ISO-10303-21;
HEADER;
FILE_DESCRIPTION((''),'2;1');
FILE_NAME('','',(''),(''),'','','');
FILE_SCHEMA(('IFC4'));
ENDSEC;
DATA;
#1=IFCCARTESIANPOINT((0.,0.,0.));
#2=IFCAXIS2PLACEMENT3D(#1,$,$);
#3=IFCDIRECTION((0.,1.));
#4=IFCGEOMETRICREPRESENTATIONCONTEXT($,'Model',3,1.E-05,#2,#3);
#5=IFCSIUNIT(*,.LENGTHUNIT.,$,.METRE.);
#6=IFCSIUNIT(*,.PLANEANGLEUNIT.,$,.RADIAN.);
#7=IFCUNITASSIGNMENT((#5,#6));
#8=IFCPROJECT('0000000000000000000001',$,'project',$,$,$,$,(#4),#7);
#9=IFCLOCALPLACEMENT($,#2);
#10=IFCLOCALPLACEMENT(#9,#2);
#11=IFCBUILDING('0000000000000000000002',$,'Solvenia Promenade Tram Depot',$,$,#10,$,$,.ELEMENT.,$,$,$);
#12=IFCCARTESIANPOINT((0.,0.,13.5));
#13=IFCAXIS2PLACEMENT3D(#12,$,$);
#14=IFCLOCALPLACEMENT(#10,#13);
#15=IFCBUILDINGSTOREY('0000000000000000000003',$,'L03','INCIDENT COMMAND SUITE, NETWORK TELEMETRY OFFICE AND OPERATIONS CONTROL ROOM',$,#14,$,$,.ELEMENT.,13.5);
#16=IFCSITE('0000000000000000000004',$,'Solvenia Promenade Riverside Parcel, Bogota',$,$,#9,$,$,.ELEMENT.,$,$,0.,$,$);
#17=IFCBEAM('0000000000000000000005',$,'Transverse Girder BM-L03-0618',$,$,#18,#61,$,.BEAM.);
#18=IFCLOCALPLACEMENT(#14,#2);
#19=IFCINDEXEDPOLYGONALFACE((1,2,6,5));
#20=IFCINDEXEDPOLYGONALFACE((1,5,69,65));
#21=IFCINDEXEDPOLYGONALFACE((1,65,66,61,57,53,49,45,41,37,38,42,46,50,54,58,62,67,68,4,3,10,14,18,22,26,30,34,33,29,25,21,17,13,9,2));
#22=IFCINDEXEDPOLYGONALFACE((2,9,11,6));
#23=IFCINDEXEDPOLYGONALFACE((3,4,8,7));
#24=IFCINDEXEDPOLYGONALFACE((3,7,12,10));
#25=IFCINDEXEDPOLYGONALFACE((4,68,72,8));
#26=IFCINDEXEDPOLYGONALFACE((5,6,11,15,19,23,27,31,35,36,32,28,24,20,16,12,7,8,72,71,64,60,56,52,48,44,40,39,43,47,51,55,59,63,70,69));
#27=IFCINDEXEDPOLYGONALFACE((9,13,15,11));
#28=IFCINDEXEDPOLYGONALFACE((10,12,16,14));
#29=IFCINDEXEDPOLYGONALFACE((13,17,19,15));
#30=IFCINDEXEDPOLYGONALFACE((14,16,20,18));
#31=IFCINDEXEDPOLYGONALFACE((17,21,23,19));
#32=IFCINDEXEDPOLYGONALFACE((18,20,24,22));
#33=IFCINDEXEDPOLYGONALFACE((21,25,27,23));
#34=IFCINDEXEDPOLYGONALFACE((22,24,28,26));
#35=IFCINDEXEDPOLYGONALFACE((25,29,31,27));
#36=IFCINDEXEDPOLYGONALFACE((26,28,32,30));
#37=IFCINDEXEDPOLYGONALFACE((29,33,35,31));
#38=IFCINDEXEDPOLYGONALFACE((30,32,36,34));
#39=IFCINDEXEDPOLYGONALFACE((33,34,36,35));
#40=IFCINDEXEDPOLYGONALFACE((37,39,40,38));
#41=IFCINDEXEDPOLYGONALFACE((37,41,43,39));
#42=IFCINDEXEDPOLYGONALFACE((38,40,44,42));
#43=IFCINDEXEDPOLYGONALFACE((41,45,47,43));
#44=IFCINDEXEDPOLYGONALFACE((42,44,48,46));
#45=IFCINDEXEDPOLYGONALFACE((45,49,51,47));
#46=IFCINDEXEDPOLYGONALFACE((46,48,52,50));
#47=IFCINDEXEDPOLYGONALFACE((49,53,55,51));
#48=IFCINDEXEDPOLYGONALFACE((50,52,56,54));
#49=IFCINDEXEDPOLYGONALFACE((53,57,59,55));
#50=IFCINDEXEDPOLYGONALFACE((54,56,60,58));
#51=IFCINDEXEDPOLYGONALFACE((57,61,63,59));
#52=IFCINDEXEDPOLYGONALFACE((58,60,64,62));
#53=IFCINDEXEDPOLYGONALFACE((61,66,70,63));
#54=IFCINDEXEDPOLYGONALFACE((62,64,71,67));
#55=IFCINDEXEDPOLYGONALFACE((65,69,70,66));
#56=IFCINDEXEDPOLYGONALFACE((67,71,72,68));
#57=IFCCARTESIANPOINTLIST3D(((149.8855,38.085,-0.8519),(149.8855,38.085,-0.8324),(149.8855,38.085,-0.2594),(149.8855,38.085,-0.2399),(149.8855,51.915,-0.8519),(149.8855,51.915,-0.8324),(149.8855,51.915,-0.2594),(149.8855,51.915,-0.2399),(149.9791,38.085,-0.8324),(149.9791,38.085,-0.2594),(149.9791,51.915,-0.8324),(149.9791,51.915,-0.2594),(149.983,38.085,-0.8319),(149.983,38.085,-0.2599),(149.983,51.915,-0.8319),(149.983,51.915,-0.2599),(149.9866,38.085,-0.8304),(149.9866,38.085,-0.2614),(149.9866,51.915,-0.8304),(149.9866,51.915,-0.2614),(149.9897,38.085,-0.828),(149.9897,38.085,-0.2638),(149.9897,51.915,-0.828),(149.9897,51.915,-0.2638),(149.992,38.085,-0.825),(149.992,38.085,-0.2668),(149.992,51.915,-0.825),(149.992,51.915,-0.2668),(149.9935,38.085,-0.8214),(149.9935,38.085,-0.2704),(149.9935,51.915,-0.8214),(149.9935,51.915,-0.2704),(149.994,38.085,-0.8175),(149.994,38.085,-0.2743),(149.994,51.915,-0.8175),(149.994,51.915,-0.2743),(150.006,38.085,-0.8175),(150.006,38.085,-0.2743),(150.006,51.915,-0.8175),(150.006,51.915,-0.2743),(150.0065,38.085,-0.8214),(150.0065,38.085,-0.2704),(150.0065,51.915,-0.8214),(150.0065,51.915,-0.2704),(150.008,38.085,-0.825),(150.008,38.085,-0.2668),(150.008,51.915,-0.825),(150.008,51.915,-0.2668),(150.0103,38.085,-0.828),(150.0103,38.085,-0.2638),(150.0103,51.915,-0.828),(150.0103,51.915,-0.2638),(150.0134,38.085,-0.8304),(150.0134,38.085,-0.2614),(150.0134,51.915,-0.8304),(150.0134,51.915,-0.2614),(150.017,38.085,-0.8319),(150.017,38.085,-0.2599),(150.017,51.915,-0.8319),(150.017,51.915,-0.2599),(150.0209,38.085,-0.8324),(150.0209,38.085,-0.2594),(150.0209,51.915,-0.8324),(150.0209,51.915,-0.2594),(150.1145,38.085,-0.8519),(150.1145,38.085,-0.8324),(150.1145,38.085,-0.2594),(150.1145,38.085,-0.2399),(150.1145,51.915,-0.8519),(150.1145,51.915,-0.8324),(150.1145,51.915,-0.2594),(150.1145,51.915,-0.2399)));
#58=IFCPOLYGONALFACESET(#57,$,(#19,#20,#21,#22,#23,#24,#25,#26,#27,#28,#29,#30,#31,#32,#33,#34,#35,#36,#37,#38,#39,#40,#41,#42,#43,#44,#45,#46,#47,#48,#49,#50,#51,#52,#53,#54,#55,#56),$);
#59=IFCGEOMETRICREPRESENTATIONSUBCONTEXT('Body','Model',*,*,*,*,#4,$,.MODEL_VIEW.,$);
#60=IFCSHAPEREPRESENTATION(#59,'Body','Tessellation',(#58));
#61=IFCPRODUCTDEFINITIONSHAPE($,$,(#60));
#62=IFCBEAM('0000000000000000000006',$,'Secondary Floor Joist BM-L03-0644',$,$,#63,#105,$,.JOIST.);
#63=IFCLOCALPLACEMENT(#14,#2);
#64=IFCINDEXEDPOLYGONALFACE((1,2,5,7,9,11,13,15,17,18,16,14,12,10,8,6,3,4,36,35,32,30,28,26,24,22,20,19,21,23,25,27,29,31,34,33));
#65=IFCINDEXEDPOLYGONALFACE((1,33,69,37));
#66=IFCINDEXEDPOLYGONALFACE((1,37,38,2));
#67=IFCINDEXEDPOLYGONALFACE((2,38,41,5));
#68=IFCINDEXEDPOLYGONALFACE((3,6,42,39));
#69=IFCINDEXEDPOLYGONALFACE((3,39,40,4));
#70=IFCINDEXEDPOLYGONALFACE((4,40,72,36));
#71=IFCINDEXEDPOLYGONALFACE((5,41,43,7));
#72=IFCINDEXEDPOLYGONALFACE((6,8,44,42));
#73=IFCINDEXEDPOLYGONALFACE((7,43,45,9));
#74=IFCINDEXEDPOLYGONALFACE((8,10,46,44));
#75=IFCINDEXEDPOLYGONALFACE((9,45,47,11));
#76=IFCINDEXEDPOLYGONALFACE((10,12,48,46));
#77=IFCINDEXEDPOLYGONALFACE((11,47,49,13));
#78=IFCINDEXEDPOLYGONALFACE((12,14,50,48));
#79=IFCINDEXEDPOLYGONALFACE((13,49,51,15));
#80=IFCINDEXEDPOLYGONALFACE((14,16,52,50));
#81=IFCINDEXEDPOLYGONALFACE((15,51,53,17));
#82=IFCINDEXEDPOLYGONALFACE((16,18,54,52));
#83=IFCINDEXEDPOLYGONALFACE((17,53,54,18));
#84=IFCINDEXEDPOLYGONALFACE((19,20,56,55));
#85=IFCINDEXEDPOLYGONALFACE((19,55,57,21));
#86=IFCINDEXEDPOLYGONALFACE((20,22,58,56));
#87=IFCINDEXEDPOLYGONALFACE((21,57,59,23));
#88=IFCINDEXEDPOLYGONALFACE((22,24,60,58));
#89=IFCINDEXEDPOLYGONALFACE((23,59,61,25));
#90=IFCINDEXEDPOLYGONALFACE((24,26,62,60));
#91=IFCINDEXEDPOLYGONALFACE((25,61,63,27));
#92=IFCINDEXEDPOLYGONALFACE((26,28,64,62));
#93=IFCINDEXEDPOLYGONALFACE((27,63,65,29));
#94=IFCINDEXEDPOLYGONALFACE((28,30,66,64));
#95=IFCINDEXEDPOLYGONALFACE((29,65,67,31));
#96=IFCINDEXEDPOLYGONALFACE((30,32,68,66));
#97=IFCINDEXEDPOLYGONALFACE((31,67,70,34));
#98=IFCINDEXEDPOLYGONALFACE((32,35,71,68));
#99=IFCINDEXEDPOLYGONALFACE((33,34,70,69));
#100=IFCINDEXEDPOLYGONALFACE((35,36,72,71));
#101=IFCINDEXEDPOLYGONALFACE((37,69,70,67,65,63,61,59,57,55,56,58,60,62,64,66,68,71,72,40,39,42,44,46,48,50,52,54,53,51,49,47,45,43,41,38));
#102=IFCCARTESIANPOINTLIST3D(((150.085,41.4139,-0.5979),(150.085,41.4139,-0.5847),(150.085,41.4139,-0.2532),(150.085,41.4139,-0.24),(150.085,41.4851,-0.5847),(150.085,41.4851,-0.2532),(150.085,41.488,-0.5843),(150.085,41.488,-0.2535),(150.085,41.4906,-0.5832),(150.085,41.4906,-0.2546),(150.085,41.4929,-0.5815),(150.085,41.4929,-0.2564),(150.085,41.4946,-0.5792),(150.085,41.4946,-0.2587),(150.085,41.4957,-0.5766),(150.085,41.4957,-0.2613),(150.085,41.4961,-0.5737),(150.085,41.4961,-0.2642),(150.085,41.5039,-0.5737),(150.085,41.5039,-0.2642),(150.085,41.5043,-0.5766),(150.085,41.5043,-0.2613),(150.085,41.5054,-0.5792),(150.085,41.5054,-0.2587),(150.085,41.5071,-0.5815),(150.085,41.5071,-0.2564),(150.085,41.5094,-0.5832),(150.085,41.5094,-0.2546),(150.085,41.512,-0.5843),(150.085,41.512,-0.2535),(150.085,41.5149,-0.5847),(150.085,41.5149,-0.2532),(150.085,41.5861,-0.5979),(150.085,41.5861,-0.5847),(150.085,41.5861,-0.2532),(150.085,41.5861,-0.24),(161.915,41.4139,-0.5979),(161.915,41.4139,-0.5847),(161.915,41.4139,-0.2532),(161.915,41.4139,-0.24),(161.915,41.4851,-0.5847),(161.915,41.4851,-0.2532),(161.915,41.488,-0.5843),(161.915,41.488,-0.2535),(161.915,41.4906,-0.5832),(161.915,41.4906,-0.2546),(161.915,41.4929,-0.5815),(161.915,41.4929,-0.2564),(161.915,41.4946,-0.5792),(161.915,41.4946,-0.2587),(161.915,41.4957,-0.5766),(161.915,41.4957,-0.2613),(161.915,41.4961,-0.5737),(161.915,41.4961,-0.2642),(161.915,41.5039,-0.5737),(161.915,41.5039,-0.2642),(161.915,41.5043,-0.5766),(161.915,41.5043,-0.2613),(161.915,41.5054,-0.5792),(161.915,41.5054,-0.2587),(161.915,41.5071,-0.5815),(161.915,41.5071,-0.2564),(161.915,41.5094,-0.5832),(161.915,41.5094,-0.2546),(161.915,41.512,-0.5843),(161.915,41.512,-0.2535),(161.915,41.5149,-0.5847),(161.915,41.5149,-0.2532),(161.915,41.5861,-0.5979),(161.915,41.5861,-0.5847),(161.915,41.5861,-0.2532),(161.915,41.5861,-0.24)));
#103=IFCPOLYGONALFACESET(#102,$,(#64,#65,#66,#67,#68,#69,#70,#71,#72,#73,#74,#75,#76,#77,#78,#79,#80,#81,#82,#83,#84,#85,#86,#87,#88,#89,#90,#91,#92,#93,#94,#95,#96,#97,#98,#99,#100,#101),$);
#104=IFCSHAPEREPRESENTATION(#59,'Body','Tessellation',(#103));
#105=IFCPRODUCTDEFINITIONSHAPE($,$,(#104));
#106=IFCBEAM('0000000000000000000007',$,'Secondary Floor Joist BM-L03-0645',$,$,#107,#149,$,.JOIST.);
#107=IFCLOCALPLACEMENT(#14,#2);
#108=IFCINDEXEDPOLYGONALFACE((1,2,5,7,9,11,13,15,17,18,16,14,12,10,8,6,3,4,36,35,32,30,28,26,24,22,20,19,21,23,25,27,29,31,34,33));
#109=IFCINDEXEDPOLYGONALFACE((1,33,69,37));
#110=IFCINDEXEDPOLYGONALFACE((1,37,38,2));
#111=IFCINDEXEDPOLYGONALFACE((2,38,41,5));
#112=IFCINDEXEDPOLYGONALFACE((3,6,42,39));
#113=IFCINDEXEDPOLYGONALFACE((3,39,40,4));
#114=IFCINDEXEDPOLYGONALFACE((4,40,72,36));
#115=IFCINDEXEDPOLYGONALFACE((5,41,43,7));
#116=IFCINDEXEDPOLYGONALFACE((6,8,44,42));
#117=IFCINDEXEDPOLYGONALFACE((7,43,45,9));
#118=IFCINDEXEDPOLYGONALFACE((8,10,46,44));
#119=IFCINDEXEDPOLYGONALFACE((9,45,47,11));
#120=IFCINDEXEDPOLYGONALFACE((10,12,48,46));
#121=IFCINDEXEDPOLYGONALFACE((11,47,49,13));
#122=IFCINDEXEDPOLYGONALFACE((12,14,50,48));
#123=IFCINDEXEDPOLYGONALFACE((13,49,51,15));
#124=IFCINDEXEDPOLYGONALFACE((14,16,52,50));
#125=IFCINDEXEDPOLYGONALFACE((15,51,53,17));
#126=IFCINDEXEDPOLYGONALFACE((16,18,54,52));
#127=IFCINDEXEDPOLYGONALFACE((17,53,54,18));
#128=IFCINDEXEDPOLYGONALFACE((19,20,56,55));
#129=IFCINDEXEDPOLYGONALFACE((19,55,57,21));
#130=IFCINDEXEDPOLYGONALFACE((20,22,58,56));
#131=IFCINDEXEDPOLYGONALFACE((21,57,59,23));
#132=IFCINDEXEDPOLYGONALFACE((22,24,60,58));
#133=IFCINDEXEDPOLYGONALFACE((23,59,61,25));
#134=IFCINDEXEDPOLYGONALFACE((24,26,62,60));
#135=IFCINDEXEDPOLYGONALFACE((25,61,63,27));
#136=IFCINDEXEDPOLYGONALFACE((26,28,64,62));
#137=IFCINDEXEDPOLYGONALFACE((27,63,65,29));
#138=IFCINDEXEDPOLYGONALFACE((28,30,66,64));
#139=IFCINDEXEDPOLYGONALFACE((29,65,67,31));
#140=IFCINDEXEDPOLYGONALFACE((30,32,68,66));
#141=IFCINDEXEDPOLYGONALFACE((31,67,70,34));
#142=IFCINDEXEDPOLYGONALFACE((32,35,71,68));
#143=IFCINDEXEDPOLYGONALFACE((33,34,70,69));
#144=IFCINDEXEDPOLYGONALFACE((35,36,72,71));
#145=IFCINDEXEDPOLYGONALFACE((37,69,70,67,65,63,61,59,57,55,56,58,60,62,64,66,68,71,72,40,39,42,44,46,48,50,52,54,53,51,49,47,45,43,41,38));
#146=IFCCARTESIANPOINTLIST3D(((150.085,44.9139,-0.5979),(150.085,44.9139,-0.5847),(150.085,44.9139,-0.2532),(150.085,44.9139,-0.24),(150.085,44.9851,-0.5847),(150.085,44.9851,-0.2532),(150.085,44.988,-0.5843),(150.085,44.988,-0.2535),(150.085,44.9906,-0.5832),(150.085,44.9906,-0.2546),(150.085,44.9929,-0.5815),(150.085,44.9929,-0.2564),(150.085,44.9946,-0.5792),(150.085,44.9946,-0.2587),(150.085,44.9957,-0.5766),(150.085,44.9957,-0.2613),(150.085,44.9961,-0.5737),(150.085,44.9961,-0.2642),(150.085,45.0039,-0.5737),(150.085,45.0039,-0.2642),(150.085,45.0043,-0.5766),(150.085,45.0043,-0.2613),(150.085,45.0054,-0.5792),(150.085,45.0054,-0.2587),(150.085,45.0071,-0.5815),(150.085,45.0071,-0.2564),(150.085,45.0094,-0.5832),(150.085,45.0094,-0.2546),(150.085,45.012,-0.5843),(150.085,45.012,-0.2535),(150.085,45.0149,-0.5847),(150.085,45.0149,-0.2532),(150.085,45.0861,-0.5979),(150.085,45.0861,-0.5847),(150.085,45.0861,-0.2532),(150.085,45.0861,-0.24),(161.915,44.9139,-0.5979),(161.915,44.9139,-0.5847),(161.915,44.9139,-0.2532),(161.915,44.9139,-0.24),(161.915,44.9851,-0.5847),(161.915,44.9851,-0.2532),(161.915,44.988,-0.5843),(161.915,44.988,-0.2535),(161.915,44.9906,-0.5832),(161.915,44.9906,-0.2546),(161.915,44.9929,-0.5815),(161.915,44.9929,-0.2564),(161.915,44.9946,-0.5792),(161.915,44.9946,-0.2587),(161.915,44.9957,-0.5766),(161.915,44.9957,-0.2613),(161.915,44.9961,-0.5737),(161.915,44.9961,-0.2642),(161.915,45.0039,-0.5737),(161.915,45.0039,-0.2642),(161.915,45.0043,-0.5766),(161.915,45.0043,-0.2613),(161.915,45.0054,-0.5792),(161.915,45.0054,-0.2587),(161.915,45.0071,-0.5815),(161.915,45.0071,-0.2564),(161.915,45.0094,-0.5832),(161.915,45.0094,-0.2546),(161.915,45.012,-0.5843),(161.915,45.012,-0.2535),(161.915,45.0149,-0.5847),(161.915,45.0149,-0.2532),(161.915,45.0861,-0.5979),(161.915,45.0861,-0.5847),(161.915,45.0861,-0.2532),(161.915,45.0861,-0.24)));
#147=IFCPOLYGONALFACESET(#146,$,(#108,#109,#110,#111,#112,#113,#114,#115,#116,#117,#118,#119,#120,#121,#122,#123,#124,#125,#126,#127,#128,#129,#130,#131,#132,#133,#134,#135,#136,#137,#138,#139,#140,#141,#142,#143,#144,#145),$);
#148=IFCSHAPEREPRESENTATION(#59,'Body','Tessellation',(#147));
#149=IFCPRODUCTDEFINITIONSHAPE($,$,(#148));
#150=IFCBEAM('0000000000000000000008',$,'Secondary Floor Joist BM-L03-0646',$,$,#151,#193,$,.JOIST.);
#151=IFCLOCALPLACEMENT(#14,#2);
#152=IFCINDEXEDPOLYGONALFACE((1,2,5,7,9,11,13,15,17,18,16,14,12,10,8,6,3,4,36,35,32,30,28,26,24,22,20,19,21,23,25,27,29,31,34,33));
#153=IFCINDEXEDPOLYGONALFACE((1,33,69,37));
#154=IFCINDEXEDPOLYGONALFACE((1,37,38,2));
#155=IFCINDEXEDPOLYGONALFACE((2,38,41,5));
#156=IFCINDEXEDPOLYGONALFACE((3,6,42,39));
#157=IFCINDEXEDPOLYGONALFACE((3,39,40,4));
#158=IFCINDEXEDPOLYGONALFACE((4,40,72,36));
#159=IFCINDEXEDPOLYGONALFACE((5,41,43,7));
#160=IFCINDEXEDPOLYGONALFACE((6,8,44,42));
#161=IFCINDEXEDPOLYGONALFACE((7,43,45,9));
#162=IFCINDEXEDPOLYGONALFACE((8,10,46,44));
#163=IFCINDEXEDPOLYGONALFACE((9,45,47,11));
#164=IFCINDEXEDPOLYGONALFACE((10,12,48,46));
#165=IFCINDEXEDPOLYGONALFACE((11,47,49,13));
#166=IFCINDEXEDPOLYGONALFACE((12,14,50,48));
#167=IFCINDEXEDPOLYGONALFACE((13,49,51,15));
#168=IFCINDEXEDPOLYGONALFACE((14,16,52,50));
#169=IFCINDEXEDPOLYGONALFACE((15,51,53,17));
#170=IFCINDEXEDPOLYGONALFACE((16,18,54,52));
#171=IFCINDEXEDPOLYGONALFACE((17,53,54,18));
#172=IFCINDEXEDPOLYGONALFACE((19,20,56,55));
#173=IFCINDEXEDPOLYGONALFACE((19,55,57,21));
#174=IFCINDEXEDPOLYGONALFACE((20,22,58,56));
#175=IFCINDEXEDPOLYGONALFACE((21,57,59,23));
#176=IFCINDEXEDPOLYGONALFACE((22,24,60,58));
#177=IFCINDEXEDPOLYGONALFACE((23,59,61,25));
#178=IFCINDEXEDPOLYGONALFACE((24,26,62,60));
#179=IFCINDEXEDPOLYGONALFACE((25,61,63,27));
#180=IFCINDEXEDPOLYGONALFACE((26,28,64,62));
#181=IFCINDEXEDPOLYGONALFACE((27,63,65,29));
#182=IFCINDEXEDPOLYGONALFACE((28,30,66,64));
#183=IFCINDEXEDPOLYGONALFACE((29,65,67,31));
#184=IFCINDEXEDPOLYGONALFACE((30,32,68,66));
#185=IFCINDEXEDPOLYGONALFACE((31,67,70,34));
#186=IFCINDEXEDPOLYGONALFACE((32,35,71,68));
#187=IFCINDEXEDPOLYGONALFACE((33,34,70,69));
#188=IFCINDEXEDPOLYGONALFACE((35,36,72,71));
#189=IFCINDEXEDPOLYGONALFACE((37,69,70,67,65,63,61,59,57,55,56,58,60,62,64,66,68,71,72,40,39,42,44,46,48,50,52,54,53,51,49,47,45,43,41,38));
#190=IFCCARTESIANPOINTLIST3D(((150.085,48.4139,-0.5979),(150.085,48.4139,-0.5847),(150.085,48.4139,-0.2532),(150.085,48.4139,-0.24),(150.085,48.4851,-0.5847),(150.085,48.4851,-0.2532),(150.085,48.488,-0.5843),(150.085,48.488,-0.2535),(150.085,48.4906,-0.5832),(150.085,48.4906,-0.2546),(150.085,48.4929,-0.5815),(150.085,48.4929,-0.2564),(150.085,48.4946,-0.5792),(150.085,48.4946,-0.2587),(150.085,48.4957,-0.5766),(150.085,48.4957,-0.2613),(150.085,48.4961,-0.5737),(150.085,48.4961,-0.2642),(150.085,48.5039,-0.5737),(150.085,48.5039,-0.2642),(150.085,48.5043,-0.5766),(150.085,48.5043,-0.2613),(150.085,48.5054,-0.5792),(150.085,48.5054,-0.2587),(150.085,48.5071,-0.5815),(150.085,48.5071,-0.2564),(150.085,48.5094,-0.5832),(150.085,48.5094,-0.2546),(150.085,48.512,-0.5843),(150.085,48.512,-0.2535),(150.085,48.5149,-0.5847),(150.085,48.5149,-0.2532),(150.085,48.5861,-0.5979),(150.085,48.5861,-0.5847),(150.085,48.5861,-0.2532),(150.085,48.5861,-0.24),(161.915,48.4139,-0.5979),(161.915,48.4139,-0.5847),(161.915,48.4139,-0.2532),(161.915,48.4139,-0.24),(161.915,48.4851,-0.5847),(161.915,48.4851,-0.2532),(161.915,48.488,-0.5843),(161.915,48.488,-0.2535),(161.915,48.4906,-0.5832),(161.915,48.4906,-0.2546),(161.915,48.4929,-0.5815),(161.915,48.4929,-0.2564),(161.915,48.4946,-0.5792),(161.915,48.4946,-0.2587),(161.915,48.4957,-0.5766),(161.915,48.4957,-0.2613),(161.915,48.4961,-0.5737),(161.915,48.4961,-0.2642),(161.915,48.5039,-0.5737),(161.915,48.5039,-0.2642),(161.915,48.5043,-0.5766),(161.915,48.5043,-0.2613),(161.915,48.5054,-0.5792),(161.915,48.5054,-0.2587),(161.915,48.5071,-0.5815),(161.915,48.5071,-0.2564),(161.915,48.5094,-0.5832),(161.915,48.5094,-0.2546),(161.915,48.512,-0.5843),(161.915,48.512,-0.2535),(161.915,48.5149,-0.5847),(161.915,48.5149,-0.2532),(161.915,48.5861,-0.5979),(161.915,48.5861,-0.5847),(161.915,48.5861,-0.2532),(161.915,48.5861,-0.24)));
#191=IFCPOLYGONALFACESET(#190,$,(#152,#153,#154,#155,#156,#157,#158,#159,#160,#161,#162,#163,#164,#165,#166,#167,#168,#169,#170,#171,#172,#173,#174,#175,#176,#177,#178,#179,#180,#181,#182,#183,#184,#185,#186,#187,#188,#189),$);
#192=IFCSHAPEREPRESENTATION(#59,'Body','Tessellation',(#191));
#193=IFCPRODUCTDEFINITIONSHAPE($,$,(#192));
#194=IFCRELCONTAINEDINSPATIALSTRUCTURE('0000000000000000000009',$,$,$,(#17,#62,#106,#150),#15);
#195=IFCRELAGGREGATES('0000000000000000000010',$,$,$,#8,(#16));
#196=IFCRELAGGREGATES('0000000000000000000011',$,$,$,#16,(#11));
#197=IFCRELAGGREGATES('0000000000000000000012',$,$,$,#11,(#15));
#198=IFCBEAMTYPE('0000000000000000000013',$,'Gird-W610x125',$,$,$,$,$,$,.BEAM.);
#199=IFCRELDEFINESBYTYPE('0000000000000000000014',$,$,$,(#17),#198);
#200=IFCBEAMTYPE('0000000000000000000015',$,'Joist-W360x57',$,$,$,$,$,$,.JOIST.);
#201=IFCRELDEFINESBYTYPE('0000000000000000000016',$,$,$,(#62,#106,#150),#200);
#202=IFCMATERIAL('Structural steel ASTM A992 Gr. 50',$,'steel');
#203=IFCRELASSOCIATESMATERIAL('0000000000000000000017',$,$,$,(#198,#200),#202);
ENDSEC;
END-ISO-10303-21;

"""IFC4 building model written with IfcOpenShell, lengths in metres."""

from ifc_helpers import new_model, si_unit, direction, frame, origin, origin_2d, place, context, subcontext, project, spatial, i_section, extrude, material, material_profile, profile_set, type_object, element, save


model = new_model("IFC4")

# Units and contexts
model_context = context("Model", 3, precision=1e-05, world=origin(), true_north=direction((0.0, 1.0)))
body_context = subcontext(model_context, "Body", "Model", "MODEL_VIEW")
ifc_project = project(units=[si_unit("LENGTHUNIT", "METRE"), si_unit("PLANEANGLEUNIT", "RADIAN")], contexts=[model_context])

# Site, building, storey
site_placement = place(None, origin())
site = spatial("IfcSite", under=ifc_project, at=site_placement, Name="Solvenia Promenade Riverside Parcel, Bogota", CompositionType="ELEMENT", RefElevation=0.0)
building_placement = place(site_placement, origin())
building = spatial("IfcBuilding", under=site, at=building_placement, Name="Solvenia Promenade Tram Depot", CompositionType="ELEMENT")
storey_placement = place(building_placement, frame((0.0, 0.0, 13.5)))
storey = spatial("IfcBuildingStorey", under=building, at=storey_placement, Name="L03", Description="INCIDENT COMMAND SUITE, NETWORK TELEMETRY OFFICE AND OPERATIONS CONTROL ROOM", CompositionType="ELEMENT", Elevation=13.5)

# Shared definitions
ifc_material_1 = material(Name="Structural steel ASTM A992 Gr. 50", Category="steel")

# Beams
ifc_material_profile_1 = material_profile(ifc_material_1, i_section(OverallWidth=0.229, OverallDepth=0.6121, WebThickness=0.012, FlangeThickness=0.0195, FilletRadius=0.0149, at=origin_2d()), Name="W610x125", Category="steel")
ifc_profile_set_1 = profile_set([ifc_material_profile_1], Name="Structural steel ASTM A992 Gr. 50")
beam_type_1 = type_object("IfcBeamType", Name="Gird-W610x125", PredefinedType="BEAM", material=ifc_profile_set_1)
beam_1_placement = place(storey_placement, frame((150.0, 38.085, -0.5459), z_axis=(0.0, 1.0, 0.0), x_axis=(-1.0, 0.0, 0.0)))
element("IfcBeam", 1, at=beam_1_placement, inside=storey, type_object=beam_type_1, Name="Transverse Girder BM-L03-0618", PredefinedType="BEAM", context=body_context, shape_type="SweptSolid", body=[
    extrude(i_section(OverallWidth=0.229, OverallDepth=0.6121, WebThickness=0.012, FlangeThickness=0.0195, FilletRadius=0.0149, at=origin_2d()), origin(), (0.0, 0.0, 1.0), 13.8301),
])
ifc_material_profile_2 = material_profile(ifc_material_1, i_section(OverallWidth=0.1721, OverallDepth=0.3579, WebThickness=0.0078, FlangeThickness=0.0132, FilletRadius=0.011, at=origin_2d()), Name="W360x57", Category="steel")
ifc_profile_set_2 = profile_set([ifc_material_profile_2], Name="Structural steel ASTM A992 Gr. 50")
beam_type_2 = type_object("IfcBeamType", Name="Joist-W360x57", PredefinedType="JOIST", material=ifc_profile_set_2)
for number, where, z_axis, x_axis, name in (
    (2, (150.085, 41.5, -0.4189), (1.0, 0.0, 0.0), (0.0, 1.0, 0.0), "Secondary Floor Joist BM-L03-0644"),
    (3, (150.085, 45.0, -0.4189), (1.0, 0.0, 0.0), (0.0, 1.0, 0.0), "Secondary Floor Joist BM-L03-0645"),
    (4, (150.085, 48.5, -0.4189), (1.0, 0.0, 0.0), (0.0, 1.0, 0.0), "Secondary Floor Joist BM-L03-0646"),
):
    element("IfcBeam", number, at=place(storey_placement, frame(where, z_axis=z_axis, x_axis=x_axis)), inside=storey, type_object=beam_type_2, Name=name, PredefinedType="JOIST", context=body_context, shape_type="SweptSolid", body=[
        extrude(i_section(OverallWidth=0.1721, OverallDepth=0.3579, WebThickness=0.0078, FlangeThickness=0.0132, FilletRadius=0.011, at=origin_2d()), origin(), (0.0, 0.0, 1.0), 11.8301),
    ])

save(model, "model.ifc")
